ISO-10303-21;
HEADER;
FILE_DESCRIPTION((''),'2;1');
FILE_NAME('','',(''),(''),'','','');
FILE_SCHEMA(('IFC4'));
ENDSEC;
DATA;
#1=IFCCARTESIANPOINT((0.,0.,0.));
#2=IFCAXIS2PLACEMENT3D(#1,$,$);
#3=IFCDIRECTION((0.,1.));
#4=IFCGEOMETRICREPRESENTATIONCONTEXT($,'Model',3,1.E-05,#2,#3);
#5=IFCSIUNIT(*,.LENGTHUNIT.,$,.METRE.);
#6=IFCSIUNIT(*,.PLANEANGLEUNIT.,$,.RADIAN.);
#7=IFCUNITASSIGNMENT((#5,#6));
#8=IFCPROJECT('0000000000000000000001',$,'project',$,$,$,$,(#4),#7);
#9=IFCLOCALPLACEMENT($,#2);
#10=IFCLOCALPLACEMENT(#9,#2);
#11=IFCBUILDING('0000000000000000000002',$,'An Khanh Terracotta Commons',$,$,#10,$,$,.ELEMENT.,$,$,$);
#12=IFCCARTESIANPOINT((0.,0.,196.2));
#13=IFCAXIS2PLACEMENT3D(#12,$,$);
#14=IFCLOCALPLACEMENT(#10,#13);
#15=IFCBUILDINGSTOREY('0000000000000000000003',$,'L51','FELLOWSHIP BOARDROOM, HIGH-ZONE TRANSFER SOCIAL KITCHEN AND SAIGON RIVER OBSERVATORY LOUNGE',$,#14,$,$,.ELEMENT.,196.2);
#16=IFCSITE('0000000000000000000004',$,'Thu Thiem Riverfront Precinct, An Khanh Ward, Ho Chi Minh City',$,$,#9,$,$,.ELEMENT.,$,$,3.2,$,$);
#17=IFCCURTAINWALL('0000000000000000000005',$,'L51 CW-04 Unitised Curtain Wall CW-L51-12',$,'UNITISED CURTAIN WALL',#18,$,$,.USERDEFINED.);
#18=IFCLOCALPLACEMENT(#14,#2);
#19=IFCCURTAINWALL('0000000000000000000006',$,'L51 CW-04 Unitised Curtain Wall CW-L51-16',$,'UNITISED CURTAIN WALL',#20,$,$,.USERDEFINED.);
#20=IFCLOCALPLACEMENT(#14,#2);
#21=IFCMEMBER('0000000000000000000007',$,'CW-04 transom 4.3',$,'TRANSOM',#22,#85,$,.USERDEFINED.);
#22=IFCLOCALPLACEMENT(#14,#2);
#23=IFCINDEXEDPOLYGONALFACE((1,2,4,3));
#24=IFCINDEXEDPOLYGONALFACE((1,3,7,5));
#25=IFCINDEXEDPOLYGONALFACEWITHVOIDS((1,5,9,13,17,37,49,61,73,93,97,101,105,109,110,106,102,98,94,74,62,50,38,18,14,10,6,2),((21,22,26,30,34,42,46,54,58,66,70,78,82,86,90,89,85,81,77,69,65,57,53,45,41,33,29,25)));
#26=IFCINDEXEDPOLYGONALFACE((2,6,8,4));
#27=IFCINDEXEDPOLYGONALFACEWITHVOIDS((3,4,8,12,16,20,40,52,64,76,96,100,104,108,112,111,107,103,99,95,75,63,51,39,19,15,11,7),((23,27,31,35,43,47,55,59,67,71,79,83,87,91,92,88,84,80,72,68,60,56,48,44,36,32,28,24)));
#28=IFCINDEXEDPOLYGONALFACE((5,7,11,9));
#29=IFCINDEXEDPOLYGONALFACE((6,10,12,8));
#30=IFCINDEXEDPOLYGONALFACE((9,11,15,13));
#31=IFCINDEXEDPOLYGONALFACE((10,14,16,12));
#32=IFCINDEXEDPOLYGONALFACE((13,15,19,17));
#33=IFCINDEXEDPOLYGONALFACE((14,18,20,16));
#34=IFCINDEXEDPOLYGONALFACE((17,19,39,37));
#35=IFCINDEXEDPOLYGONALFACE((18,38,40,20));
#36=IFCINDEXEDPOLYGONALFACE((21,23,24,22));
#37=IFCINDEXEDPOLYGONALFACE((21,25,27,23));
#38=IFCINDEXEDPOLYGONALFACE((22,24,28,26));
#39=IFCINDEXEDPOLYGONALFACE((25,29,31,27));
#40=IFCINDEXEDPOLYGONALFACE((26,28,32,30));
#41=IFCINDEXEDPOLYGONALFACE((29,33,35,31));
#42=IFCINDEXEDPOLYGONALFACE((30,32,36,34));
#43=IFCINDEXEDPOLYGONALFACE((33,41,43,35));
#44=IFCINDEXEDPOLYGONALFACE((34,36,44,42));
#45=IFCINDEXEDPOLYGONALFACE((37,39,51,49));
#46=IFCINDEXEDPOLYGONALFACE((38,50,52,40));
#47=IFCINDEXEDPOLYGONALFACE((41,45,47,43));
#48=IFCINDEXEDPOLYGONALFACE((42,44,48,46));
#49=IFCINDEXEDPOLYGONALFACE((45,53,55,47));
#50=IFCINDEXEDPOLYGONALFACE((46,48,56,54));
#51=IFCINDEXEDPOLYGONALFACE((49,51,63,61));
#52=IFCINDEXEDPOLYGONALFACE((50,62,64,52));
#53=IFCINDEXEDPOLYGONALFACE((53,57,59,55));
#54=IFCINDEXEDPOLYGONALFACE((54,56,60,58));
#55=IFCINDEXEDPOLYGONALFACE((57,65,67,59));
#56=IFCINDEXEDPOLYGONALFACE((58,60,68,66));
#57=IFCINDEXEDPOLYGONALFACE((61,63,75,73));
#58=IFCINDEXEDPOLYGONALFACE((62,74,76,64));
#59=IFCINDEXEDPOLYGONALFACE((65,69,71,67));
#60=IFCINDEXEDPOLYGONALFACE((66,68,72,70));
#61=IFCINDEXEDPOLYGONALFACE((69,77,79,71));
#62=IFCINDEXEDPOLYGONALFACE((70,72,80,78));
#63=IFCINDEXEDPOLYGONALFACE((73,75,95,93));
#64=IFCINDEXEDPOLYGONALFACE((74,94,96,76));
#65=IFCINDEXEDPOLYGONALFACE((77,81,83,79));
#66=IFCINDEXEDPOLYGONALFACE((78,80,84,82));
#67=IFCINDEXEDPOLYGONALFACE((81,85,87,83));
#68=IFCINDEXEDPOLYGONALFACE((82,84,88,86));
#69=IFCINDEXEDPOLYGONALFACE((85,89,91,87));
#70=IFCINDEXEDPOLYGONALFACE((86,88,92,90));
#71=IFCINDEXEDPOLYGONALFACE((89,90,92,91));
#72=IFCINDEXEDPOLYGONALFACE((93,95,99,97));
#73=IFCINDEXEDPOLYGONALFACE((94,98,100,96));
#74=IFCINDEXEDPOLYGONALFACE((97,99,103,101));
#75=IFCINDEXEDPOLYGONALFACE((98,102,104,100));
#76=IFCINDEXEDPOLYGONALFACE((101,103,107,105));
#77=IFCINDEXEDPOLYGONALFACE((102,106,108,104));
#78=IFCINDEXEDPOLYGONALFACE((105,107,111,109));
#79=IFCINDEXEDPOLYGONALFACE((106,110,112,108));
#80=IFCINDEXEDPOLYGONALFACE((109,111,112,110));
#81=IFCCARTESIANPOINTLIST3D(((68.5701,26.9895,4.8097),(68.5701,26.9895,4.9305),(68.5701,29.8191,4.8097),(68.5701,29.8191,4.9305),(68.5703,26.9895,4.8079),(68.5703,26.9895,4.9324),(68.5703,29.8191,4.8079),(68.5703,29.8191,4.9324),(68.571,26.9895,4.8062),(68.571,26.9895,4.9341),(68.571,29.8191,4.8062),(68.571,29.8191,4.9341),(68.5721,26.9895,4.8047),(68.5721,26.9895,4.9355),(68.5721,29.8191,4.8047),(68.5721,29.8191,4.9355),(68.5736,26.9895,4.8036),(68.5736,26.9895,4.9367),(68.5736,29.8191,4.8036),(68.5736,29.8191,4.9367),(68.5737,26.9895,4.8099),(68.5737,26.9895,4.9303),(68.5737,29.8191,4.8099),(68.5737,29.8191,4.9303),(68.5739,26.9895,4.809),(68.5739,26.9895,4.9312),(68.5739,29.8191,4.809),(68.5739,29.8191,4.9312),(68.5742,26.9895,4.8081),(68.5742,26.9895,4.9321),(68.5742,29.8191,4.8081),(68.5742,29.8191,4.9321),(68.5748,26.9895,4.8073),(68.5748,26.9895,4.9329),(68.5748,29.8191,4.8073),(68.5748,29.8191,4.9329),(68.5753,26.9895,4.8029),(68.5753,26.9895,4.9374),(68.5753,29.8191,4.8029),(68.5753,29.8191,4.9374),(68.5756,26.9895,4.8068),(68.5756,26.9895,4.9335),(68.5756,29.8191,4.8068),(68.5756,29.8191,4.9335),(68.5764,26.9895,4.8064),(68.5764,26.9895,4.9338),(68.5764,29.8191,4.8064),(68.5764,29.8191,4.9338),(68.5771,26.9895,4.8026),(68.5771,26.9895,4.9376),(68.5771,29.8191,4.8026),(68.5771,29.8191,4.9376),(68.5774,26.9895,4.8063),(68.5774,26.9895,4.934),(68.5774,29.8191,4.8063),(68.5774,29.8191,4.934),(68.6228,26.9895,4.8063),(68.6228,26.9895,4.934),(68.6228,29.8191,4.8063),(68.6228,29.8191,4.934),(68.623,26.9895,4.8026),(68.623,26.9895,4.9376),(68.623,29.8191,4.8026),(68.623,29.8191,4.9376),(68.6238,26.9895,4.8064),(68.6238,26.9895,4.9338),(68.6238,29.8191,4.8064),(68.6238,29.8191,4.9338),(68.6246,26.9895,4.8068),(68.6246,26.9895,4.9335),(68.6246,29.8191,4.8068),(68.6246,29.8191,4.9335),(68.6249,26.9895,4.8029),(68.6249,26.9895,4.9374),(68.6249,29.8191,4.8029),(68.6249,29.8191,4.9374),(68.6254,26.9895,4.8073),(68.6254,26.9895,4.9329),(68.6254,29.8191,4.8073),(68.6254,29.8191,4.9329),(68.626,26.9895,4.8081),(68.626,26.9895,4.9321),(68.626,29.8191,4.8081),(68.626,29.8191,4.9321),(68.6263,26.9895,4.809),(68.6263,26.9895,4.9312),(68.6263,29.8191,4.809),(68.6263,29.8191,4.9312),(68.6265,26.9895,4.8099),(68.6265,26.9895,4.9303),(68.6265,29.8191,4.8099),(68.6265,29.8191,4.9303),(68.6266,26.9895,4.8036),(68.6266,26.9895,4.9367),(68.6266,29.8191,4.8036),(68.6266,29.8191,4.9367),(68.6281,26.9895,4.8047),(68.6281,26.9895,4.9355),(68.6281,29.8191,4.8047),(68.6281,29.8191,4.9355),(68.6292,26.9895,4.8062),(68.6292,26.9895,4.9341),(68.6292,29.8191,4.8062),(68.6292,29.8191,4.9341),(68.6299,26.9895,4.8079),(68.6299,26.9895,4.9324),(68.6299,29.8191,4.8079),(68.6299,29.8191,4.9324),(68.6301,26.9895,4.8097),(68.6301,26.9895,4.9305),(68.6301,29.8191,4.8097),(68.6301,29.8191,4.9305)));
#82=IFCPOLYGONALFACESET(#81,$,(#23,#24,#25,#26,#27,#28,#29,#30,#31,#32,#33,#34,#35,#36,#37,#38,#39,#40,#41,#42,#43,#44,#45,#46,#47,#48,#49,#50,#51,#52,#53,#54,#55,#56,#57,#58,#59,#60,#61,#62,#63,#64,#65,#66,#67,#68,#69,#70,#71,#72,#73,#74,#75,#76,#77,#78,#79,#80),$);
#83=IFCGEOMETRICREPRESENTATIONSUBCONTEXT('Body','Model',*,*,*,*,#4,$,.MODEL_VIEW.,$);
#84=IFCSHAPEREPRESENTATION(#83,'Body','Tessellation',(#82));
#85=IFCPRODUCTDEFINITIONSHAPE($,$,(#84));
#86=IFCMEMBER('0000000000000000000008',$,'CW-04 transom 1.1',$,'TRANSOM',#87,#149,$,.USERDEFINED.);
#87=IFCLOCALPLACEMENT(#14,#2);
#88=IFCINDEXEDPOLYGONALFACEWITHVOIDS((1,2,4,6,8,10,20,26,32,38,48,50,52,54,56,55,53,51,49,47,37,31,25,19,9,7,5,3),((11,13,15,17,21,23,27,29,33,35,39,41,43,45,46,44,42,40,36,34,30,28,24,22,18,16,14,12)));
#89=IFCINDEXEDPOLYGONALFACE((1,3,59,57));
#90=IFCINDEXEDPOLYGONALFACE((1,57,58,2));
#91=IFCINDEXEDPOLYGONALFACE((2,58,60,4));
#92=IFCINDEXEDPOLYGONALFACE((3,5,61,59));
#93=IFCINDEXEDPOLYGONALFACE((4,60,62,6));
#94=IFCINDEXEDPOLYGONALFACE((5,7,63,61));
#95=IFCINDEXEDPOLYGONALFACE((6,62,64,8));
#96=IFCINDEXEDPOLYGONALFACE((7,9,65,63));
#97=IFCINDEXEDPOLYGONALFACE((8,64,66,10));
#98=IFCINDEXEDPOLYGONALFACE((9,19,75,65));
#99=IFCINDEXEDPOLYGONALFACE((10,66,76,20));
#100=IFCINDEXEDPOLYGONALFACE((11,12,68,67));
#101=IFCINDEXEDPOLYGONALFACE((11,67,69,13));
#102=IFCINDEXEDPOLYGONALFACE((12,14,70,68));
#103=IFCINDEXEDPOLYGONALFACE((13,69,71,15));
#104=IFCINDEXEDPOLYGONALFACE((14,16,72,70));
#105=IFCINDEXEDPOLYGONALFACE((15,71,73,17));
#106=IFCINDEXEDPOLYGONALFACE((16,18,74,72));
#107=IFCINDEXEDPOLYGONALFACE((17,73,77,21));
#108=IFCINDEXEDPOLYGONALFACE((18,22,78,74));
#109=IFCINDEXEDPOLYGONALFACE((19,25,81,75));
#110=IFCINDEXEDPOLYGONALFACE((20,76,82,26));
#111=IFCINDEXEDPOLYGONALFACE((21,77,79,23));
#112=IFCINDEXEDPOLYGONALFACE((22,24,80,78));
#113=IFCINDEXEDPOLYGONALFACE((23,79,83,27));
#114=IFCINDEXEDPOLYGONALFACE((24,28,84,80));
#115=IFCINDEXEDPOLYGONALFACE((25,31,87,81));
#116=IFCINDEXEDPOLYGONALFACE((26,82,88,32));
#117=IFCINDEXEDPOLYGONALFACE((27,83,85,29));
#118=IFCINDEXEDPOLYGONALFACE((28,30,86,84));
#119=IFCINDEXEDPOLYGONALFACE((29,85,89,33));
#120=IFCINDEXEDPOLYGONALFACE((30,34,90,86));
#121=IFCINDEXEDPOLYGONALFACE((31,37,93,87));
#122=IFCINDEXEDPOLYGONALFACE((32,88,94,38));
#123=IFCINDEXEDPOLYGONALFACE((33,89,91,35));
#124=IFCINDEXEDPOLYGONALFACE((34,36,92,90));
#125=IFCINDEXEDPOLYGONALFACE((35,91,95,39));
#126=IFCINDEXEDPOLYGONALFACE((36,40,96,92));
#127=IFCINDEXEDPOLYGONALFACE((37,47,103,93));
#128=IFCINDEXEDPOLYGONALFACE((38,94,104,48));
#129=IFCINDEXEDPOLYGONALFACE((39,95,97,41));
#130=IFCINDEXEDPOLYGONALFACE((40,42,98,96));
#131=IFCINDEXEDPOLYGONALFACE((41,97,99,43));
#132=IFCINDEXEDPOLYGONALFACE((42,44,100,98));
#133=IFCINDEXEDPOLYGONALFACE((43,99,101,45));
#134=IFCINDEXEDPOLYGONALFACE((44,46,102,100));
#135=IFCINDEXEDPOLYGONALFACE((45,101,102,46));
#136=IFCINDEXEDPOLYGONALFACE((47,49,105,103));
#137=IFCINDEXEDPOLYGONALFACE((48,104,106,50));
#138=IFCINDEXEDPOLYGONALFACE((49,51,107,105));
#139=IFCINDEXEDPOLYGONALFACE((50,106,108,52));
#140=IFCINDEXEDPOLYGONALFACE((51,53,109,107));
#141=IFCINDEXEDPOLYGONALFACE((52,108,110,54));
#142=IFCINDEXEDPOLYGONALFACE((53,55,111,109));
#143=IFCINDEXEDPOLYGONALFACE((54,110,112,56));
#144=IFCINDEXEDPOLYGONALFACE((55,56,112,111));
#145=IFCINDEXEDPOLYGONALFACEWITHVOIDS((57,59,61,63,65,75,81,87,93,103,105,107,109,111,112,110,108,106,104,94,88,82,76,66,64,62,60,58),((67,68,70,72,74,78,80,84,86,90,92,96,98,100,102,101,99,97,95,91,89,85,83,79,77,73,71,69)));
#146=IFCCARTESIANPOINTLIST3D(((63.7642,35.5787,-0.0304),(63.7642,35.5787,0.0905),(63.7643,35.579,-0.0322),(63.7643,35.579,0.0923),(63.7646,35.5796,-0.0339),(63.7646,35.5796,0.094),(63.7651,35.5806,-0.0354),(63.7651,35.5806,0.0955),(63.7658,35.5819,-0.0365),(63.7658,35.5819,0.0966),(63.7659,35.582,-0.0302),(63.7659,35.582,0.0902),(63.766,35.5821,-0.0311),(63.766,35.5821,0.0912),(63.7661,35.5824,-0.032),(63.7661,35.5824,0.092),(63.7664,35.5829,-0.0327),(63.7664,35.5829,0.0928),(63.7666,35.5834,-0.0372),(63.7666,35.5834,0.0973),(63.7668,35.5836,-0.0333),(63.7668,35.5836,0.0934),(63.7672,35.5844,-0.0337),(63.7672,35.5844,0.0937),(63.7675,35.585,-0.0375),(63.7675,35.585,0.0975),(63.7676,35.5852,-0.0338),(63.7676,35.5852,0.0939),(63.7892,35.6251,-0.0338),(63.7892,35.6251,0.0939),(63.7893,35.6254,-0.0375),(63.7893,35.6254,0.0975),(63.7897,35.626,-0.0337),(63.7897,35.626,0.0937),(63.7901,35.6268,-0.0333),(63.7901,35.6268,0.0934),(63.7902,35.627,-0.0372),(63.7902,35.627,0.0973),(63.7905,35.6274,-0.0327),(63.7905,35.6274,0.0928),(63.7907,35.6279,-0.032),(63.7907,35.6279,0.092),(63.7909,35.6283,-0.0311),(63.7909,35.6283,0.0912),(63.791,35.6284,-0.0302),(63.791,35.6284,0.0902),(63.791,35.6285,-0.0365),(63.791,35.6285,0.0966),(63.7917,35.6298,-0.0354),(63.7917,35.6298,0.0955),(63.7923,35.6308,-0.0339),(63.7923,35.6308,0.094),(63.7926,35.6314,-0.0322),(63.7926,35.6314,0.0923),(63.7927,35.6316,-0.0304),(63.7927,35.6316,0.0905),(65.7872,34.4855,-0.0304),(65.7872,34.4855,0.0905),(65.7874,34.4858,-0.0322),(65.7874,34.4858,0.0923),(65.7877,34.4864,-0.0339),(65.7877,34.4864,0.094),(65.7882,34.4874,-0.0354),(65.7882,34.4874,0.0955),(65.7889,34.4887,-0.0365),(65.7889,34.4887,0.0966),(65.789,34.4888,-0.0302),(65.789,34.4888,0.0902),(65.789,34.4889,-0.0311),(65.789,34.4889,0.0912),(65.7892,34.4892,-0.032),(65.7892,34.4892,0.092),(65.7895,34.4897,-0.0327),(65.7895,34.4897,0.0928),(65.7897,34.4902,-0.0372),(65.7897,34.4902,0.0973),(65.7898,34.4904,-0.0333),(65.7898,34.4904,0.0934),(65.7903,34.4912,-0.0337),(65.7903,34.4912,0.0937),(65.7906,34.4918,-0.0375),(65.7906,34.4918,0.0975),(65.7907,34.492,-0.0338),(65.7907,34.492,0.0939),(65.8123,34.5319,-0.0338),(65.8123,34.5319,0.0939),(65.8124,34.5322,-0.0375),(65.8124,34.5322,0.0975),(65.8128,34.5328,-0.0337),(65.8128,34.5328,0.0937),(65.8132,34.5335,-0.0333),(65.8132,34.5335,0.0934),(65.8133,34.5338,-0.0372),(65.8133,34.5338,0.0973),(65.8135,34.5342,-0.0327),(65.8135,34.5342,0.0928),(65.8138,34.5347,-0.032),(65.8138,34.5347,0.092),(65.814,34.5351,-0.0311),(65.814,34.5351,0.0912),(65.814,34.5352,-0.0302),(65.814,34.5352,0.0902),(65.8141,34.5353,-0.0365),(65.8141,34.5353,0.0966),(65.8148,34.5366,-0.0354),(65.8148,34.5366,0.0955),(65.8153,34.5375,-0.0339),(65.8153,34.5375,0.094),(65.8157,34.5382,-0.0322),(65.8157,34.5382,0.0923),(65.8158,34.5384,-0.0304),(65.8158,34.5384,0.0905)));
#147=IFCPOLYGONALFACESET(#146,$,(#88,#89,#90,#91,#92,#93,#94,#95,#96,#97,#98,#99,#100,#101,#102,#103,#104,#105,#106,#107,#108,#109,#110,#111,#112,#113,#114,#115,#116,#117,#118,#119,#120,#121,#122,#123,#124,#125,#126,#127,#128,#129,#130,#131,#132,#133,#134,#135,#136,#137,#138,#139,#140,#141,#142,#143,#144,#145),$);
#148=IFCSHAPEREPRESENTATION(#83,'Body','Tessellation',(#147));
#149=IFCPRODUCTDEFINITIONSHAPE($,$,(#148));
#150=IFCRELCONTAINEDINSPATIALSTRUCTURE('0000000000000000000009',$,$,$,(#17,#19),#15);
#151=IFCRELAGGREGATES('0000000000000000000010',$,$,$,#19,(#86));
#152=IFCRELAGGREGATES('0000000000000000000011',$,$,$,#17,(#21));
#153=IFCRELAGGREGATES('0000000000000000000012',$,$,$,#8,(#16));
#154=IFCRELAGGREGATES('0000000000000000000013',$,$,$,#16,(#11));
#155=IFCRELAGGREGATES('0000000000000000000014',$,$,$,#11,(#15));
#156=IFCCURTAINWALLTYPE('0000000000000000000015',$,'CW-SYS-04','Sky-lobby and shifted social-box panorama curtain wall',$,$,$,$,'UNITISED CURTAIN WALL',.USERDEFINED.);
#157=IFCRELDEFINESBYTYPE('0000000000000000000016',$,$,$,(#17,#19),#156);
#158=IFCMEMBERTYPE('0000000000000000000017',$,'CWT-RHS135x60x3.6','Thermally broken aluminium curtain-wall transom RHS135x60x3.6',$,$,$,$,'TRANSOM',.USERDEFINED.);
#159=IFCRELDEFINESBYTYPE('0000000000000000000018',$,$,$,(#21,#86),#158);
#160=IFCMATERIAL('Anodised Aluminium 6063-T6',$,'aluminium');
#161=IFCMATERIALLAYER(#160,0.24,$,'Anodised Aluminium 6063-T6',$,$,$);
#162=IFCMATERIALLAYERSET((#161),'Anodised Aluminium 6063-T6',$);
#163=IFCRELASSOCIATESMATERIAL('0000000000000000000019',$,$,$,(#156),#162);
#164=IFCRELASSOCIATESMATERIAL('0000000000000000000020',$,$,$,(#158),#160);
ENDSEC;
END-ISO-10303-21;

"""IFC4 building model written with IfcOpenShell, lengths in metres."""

from ifc_helpers import new_model, si_unit, direction, frame, origin, origin_2d, place, context, subcontext, project, spatial, hollow_rectangle, extrude, material, layer, layer_set, material_profile, profile_set, type_object, element, aggregate, save


model = new_model("IFC4")

# Units and contexts
model_context = context("Model", 3, precision=1e-05, world=origin(), true_north=direction((0.0, 1.0)))
body_context = subcontext(model_context, "Body", "Model", "MODEL_VIEW")
ifc_project = project(units=[si_unit("LENGTHUNIT", "METRE"), si_unit("PLANEANGLEUNIT", "RADIAN")], contexts=[model_context])

# Site, building, storey
site_placement = place(None, origin())
site = spatial("IfcSite", under=ifc_project, at=site_placement, Name="Thu Thiem Riverfront Precinct, An Khanh Ward, Ho Chi Minh City", CompositionType="ELEMENT", RefElevation=3.2)
building_placement = place(site_placement, origin())
building = spatial("IfcBuilding", under=site, at=building_placement, Name="An Khanh Terracotta Commons", CompositionType="ELEMENT")
storey_placement = place(building_placement, frame((0.0, 0.0, 196.2)))
storey = spatial("IfcBuildingStorey", under=building, at=storey_placement, Name="L51", Description="FELLOWSHIP BOARDROOM, HIGH-ZONE TRANSFER SOCIAL KITCHEN AND SAIGON RIVER OBSERVATORY LOUNGE", CompositionType="ELEMENT", Elevation=196.2)

# Curtain wall
ifc_material_1 = material(Name="Anodised Aluminium 6063-T6", Category="aluminium")
ifc_layer_1 = layer(ifc_material_1, 0.24, Name="Anodised Aluminium 6063-T6")
ifc_layer_set_1 = layer_set([ifc_layer_1], Name="Anodised Aluminium 6063-T6")
curtain_wall_type = type_object("IfcCurtainWallType", Name="CW-SYS-04", Description="Sky-lobby and shifted social-box panorama curtain wall", ElementType="UNITISED CURTAIN WALL", PredefinedType="USERDEFINED", material=ifc_layer_set_1)
curtain_wall_1_placement = place(storey_placement, origin())
curtain_wall_1 = element("IfcCurtainWall", 1, at=curtain_wall_1_placement, inside=storey, type_object=curtain_wall_type, Name="L51 CW-04 Unitised Curtain Wall CW-L51-12", ObjectType="UNITISED CURTAIN WALL", PredefinedType="USERDEFINED")

# Curtain wall
curtain_wall_2_placement = place(storey_placement, origin())
curtain_wall_2 = element("IfcCurtainWall", 2, at=curtain_wall_2_placement, inside=storey, type_object=curtain_wall_type, Name="L51 CW-04 Unitised Curtain Wall CW-L51-16", ObjectType="UNITISED CURTAIN WALL", PredefinedType="USERDEFINED")

# Members
ifc_material_profile_1 = material_profile(ifc_material_1, hollow_rectangle(XDim=0.0601, YDim=0.135, WallThickness=0.0037, InnerFilletRadius=0.0037, OuterFilletRadius=0.0071, at=origin_2d()), Name="RHS135x60x3.6")
ifc_profile_set_1 = profile_set([ifc_material_profile_1], Name="Anodised Aluminium 6063-T6")
member_type_1 = type_object("IfcMemberType", Name="CWT-RHS135x60x3.6", Description="Thermally broken aluminium curtain-wall transom RHS135x60x3.6", ElementType="TRANSOM", PredefinedType="USERDEFINED", material=ifc_profile_set_1)
member_1_placement = place(storey_placement, frame((68.6001, 26.9895, 4.8701), z_axis=(0.0, 1.0, 0.0), x_axis=(-1.0, 0.0, 0.0)))
member_1 = element("IfcMember", 3, at=member_1_placement, type_object=member_type_1, Name="CW-04 transom 4.3", ObjectType="TRANSOM", PredefinedType="USERDEFINED", context=body_context, shape_type="SweptSolid", body=[
    extrude(hollow_rectangle(XDim=0.0601, YDim=0.135, WallThickness=0.0037, InnerFilletRadius=0.0037, OuterFilletRadius=0.0071, at=origin_2d()), origin(), (0.0, 0.0, 1.0), 2.8296),
])
member_2_placement = place(storey_placement, frame((65.8015, 34.512, 0.03), z_axis=(-0.879771, 0.475397, 0.0), x_axis=(-0.475397, -0.879771, 0.0)))
member_2 = element("IfcMember", 4, at=member_2_placement, type_object=member_type_1, Name="CW-04 transom 1.1", ObjectType="TRANSOM", PredefinedType="USERDEFINED", context=body_context, shape_type="SweptSolid", body=[
    extrude(hollow_rectangle(XDim=0.0601, YDim=0.135, WallThickness=0.0037, InnerFilletRadius=0.0037, OuterFilletRadius=0.0071, at=origin_2d()), origin(), (0.0, 0.0, 1.0), 2.2996),
])
aggregate(curtain_wall_2, [member_2])

aggregate(curtain_wall_1, [member_1])

save(model, "model.ifc")
